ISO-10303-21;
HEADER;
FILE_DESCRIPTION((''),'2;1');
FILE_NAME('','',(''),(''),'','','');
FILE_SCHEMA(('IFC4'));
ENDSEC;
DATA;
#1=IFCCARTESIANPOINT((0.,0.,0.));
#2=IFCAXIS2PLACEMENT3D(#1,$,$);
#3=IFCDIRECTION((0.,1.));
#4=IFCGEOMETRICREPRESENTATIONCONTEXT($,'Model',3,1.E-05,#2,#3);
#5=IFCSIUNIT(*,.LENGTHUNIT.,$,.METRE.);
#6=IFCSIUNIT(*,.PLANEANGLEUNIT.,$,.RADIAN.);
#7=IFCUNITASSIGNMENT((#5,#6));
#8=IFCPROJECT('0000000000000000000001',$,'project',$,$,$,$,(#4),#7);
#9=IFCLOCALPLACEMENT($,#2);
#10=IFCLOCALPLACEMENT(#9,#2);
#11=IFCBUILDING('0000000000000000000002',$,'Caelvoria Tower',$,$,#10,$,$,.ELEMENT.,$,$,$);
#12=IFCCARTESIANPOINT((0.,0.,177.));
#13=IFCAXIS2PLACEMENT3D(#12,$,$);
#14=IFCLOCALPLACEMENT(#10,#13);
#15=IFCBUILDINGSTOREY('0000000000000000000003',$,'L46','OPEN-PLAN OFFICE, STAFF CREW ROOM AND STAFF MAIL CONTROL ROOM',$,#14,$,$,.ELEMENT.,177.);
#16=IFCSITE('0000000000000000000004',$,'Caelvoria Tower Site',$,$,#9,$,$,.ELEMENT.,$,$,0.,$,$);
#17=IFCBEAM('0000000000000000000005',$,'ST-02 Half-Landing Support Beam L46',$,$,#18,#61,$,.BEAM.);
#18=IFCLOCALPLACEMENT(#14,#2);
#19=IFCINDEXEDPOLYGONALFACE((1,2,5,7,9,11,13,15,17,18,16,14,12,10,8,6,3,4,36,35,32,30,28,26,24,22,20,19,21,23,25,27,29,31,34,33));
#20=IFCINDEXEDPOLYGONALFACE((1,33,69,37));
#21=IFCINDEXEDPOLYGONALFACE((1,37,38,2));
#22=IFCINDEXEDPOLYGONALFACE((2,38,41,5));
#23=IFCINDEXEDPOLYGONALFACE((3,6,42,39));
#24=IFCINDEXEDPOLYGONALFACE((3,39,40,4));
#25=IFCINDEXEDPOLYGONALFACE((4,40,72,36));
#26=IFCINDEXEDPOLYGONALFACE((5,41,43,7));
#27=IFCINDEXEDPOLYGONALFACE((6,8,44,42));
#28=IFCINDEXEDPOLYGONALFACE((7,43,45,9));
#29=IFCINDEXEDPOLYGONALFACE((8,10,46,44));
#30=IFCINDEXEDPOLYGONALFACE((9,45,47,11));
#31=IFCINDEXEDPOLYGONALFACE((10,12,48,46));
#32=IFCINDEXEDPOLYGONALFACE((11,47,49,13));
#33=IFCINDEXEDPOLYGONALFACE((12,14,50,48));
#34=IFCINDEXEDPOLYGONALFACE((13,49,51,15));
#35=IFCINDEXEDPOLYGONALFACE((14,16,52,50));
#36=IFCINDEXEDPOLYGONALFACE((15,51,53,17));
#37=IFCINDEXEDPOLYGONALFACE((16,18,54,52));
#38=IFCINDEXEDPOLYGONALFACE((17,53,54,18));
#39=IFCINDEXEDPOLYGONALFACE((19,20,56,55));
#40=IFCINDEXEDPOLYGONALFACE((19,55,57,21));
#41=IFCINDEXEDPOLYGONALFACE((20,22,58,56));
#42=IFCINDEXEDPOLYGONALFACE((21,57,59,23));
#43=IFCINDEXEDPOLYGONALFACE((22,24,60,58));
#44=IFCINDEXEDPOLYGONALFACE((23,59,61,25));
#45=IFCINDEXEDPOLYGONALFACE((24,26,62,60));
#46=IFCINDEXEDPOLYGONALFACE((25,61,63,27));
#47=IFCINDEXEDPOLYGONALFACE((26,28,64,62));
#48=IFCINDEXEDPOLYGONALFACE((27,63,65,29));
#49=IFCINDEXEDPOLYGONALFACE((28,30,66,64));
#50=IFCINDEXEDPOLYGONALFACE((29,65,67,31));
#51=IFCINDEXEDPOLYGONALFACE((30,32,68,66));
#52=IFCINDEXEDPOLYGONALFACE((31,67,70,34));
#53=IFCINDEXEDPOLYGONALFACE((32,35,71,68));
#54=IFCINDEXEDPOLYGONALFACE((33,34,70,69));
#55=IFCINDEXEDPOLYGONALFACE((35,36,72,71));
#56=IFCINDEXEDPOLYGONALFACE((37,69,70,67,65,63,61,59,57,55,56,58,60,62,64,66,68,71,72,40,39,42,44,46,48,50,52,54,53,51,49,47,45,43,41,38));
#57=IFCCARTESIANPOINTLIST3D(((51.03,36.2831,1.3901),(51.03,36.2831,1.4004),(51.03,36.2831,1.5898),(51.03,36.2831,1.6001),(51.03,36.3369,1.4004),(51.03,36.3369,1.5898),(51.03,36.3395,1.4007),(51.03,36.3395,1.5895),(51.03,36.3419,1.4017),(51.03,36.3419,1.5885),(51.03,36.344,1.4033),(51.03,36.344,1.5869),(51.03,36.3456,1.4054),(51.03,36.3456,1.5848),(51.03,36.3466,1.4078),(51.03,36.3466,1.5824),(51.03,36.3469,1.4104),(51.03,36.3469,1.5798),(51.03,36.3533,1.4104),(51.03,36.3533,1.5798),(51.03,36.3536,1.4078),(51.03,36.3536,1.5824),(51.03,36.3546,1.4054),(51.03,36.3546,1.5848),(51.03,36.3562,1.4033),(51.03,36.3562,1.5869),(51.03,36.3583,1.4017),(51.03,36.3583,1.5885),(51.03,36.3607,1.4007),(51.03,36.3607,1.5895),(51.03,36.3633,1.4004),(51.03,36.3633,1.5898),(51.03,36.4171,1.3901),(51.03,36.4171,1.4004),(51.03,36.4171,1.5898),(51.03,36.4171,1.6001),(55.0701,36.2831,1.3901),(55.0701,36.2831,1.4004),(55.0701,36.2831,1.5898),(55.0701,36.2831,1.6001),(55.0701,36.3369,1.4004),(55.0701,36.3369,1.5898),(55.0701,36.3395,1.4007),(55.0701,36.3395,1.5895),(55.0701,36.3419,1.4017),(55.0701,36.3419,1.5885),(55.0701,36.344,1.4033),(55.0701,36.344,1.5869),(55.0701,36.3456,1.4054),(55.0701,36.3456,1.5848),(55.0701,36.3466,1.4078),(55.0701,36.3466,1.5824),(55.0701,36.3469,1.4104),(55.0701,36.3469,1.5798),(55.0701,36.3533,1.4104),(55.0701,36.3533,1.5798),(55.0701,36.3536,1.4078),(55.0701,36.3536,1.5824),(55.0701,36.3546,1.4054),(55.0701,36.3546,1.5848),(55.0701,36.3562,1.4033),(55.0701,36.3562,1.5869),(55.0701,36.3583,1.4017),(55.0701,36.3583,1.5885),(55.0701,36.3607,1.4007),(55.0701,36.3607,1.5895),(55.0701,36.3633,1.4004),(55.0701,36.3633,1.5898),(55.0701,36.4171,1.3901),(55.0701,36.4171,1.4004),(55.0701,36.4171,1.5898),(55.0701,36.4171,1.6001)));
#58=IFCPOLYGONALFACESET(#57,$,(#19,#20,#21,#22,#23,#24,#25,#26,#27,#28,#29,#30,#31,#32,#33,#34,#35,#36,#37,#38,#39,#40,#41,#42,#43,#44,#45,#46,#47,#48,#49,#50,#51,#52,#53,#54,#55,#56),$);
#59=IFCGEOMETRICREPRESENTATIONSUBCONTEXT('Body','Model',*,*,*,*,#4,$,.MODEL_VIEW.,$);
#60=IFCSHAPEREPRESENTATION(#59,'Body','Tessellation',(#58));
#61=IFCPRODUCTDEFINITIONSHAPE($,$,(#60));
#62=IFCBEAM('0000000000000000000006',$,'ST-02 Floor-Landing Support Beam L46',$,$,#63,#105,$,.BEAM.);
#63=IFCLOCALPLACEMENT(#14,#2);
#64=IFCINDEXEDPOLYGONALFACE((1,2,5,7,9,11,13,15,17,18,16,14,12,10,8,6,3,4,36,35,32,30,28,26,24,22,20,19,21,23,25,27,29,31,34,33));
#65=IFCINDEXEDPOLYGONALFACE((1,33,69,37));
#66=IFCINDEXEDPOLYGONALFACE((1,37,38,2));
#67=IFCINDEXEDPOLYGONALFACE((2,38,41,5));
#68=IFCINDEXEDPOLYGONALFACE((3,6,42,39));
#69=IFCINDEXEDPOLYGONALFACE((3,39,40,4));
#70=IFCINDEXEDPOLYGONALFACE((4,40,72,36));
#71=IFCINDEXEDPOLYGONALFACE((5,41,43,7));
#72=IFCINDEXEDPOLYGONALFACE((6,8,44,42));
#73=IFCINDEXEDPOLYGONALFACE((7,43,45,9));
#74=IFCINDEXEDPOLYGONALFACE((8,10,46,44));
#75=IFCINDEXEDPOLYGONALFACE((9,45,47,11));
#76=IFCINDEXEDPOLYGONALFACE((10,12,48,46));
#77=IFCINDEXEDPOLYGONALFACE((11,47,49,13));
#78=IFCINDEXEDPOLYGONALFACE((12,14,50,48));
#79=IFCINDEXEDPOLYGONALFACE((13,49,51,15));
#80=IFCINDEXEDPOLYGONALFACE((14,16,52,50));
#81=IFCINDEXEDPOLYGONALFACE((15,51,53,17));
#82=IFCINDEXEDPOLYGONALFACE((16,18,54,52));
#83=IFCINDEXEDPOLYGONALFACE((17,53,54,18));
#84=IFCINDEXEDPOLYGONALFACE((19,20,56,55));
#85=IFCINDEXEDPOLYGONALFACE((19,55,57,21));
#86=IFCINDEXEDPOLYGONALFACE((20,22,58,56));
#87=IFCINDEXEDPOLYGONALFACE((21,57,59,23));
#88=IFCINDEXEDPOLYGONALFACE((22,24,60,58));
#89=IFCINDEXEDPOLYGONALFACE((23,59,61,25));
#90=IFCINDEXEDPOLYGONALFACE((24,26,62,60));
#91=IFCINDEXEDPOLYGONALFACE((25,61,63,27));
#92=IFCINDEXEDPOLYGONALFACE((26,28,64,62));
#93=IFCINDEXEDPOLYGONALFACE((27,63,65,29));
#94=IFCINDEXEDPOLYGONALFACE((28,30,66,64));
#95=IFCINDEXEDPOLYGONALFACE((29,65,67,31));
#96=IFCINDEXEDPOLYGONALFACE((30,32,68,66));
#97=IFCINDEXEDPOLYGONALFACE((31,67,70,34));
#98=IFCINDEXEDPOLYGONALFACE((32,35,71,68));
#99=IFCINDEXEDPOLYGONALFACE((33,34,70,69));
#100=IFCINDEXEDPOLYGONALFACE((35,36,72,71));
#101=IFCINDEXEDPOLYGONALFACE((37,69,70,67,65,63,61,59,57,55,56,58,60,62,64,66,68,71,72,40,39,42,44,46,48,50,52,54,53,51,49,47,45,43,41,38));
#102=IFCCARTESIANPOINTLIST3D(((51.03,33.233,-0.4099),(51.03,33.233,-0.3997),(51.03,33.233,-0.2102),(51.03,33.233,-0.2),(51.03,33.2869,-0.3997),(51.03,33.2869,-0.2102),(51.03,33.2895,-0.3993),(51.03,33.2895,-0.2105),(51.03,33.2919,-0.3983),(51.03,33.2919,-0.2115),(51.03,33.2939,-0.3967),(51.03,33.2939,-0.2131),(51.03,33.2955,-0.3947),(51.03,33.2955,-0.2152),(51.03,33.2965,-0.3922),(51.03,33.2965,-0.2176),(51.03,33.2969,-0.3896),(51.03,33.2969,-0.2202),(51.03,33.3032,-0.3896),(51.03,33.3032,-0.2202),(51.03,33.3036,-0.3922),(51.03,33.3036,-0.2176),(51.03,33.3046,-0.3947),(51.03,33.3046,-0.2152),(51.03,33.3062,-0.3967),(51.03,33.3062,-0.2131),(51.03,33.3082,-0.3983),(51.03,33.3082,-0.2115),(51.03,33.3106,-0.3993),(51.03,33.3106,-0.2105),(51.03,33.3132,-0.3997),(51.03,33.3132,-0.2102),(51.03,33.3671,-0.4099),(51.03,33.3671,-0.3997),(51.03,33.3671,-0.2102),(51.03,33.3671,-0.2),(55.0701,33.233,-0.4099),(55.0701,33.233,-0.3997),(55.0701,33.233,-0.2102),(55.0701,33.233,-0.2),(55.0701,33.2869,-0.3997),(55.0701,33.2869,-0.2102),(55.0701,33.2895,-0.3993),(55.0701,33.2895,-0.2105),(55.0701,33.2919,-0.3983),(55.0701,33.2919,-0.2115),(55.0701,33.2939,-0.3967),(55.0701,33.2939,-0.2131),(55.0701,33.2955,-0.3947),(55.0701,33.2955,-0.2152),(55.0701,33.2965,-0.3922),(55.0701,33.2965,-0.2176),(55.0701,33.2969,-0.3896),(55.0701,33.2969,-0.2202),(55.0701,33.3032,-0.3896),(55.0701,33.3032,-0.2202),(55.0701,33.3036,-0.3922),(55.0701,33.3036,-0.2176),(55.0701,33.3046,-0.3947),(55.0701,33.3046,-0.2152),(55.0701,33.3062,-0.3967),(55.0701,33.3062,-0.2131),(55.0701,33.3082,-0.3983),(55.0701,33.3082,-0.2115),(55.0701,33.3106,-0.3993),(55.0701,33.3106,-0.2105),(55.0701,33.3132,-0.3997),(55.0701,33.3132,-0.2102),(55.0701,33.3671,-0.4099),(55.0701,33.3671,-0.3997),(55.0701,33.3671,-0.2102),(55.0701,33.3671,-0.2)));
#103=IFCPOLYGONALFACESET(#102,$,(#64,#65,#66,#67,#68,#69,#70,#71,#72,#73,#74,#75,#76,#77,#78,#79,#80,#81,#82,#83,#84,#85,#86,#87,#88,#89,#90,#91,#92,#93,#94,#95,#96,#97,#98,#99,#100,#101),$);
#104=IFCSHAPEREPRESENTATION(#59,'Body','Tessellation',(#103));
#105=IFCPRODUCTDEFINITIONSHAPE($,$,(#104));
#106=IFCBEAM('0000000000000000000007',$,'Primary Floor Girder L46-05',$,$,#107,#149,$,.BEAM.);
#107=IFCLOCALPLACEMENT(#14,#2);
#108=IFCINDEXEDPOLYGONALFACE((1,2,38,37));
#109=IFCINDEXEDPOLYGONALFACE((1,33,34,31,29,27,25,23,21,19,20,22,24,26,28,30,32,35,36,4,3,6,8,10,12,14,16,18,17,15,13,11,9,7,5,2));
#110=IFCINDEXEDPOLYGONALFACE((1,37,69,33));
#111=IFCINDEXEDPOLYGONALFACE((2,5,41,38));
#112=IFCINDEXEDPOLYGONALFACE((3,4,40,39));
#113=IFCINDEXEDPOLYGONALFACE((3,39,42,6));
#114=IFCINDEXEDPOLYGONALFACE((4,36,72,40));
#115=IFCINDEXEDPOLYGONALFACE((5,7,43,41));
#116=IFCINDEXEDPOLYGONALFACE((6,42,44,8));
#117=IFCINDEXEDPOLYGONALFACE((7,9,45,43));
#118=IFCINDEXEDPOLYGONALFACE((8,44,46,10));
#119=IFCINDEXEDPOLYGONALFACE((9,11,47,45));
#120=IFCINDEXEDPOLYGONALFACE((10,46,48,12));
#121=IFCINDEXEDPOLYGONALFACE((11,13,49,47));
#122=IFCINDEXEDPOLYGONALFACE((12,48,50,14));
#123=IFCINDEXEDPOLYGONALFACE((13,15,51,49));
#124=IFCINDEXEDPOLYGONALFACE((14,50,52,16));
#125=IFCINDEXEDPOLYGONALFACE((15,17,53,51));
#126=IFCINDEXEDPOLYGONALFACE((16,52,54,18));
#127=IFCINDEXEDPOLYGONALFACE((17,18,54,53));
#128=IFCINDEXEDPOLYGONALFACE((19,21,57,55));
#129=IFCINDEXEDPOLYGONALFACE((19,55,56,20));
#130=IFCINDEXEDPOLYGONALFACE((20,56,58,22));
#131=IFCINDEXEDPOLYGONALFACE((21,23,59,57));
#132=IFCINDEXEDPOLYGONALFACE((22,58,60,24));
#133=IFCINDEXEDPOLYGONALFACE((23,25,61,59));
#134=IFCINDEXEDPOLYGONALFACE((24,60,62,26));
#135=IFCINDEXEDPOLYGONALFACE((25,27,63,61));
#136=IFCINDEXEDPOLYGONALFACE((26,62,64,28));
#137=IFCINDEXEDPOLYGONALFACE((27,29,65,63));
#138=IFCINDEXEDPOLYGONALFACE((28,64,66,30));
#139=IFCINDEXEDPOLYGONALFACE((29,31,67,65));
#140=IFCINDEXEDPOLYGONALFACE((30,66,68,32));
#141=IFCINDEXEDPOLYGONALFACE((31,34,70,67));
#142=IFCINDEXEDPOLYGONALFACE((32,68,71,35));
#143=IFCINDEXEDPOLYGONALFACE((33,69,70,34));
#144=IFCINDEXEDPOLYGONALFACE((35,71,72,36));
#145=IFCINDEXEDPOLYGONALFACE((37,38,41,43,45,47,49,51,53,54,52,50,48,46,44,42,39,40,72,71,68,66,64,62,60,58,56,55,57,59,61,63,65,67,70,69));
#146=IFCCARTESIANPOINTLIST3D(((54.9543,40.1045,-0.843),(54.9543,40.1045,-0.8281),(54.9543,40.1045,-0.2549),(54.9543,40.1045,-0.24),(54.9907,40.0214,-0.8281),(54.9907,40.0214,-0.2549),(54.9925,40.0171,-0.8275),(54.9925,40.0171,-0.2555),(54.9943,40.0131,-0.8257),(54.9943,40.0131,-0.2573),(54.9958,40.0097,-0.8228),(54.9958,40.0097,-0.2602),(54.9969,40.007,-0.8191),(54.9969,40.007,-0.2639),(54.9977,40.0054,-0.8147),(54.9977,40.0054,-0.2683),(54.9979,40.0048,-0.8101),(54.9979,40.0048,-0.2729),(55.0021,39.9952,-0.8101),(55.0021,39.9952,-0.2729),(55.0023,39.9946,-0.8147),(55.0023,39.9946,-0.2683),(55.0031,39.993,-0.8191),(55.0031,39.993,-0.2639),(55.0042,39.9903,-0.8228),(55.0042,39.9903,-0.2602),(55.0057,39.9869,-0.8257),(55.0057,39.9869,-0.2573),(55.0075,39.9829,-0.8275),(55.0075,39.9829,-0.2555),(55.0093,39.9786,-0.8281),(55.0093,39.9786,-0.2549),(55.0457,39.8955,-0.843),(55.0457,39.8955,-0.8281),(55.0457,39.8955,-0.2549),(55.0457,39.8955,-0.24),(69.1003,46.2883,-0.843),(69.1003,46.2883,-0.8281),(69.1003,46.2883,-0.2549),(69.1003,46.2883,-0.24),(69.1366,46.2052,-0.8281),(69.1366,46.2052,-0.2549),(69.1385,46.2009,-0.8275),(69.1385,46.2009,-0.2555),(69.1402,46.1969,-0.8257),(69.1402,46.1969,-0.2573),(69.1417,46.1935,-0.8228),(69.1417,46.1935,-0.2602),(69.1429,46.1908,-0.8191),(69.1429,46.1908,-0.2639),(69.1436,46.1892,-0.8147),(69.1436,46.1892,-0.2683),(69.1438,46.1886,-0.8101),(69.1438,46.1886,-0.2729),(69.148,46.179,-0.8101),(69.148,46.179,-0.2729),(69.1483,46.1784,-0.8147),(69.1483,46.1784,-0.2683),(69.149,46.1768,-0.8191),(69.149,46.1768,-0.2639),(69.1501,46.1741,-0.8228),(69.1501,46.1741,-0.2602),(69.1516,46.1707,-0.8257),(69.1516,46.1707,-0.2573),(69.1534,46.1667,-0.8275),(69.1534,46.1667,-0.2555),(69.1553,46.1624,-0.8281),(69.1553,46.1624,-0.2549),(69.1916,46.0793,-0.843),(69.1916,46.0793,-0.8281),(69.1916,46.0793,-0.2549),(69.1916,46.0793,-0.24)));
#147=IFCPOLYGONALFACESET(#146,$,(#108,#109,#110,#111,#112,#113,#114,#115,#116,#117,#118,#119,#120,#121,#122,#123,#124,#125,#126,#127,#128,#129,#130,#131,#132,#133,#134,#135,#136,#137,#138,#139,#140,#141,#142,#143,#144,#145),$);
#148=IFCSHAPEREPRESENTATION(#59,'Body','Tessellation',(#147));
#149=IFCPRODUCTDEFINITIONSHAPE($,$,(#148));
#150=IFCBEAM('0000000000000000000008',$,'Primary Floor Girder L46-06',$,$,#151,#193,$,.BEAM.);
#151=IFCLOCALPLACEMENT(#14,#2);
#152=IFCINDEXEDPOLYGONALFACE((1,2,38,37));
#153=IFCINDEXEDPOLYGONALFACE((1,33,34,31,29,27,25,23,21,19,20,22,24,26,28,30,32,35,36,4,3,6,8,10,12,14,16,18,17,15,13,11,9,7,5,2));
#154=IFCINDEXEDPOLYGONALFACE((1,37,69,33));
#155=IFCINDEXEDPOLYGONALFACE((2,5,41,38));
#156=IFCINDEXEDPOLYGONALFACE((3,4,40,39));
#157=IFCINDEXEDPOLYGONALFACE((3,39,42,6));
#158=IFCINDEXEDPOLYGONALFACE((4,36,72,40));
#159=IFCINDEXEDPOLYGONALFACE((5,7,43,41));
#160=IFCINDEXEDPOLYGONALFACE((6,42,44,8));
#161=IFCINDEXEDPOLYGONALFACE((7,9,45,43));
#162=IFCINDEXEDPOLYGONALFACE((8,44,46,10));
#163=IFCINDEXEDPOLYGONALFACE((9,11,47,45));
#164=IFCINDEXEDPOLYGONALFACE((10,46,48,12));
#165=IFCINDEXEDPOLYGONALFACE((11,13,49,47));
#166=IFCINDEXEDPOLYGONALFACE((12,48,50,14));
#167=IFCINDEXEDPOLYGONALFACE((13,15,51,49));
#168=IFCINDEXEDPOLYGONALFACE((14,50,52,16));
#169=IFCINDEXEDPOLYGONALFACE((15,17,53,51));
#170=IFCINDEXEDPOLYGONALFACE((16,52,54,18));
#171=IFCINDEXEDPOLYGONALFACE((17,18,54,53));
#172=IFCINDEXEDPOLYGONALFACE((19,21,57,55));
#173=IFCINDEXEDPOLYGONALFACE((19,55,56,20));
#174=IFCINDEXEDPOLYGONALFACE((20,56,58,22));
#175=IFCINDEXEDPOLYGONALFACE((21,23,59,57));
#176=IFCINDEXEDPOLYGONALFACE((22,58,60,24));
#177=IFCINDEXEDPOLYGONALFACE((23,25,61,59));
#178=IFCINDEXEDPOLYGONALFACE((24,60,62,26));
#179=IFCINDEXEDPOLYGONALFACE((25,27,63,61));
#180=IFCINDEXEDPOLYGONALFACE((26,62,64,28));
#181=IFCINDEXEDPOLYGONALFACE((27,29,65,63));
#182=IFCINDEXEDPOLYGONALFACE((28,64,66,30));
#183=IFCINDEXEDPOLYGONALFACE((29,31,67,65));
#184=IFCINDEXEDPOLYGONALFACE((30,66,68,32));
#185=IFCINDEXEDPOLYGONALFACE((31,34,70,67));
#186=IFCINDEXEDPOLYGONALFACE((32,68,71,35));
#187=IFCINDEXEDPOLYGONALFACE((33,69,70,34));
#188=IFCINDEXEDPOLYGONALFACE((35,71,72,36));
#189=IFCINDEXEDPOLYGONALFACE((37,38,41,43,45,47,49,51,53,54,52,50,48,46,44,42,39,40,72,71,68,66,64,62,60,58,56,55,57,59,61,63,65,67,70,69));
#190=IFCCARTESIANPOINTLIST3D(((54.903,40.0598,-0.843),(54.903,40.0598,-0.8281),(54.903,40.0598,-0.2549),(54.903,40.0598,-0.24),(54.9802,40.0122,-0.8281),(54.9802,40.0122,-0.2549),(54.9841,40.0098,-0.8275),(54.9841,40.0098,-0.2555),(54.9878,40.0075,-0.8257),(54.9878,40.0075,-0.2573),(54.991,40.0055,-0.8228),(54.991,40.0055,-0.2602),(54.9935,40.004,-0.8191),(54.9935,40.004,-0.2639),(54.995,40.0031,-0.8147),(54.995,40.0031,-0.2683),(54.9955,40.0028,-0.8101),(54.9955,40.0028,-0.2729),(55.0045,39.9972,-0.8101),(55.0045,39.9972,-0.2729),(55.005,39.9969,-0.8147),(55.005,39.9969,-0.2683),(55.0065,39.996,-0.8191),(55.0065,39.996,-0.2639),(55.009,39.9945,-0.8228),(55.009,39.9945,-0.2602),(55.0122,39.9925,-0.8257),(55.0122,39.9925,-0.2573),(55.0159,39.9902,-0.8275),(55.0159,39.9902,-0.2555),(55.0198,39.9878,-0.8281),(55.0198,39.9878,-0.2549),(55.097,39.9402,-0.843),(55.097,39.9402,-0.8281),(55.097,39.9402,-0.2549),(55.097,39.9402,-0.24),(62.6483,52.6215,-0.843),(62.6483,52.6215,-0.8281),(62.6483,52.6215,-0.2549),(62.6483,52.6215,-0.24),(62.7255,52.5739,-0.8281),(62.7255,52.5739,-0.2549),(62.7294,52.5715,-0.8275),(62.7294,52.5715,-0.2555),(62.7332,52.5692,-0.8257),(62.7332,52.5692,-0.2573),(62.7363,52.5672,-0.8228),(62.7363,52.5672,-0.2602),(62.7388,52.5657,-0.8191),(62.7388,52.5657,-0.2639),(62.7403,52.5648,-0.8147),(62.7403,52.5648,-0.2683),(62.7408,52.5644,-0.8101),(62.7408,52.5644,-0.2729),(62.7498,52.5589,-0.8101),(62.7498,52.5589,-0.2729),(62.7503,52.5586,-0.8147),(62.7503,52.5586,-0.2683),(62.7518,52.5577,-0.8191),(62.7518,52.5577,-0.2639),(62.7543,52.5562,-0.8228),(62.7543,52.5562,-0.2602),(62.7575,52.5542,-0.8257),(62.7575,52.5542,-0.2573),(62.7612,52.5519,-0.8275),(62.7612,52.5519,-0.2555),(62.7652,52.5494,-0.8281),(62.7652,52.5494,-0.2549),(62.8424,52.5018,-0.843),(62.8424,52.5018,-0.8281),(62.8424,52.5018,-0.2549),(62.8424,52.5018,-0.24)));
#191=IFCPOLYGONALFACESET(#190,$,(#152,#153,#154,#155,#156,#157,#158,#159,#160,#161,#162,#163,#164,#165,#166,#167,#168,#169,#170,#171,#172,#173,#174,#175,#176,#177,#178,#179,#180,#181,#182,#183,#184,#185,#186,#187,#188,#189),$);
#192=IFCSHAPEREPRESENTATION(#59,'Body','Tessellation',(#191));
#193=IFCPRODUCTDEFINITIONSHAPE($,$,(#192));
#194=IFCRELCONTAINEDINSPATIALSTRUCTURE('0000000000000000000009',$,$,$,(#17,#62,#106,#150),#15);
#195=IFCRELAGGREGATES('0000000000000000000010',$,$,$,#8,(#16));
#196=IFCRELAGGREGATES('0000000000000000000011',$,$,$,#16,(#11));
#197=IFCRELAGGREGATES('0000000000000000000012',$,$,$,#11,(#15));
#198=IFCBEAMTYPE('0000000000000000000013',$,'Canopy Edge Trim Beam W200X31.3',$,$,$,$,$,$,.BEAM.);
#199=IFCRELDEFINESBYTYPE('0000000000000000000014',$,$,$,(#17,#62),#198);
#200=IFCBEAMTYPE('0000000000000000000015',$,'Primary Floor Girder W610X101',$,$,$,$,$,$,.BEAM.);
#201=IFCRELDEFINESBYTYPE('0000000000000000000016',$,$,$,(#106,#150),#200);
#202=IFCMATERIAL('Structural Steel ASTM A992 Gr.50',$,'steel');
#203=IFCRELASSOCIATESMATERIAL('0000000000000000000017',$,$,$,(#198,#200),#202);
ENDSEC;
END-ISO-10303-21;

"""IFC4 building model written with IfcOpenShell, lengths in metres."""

from ifc_helpers import new_model, si_unit, direction, frame, origin, origin_2d, place, context, subcontext, project, spatial, i_section, extrude, material, material_profile, profile_set, type_object, element, save


model = new_model("IFC4")

# Units and contexts
model_context = context("Model", 3, precision=1e-05, world=origin(), true_north=direction((0.0, 1.0)))
body_context = subcontext(model_context, "Body", "Model", "MODEL_VIEW")
ifc_project = project(units=[si_unit("LENGTHUNIT", "METRE"), si_unit("PLANEANGLEUNIT", "RADIAN")], contexts=[model_context])

# Site, building, storey
site_placement = place(None, origin())
site = spatial("IfcSite", under=ifc_project, at=site_placement, Name="Caelvoria Tower Site", CompositionType="ELEMENT", RefElevation=0.0)
building_placement = place(site_placement, origin())
building = spatial("IfcBuilding", under=site, at=building_placement, Name="Caelvoria Tower", CompositionType="ELEMENT")
storey_placement = place(building_placement, frame((0.0, 0.0, 177.0)))
storey = spatial("IfcBuildingStorey", under=building, at=storey_placement, Name="L46", Description="OPEN-PLAN OFFICE, STAFF CREW ROOM AND STAFF MAIL CONTROL ROOM", CompositionType="ELEMENT", Elevation=177.0)

# Beams
ifc_material_1 = material(Name="Structural Steel ASTM A992 Gr.50", Category="steel")
ifc_material_profile_1 = material_profile(ifc_material_1, i_section(OverallWidth=0.134, OverallDepth=0.21, WebThickness=0.0063, FlangeThickness=0.0103, FilletRadius=0.01, at=origin_2d()), Name="Structural Steel ASTM A992 Gr.50")
ifc_profile_set_1 = profile_set([ifc_material_profile_1], Name="W200X31.3 - Structural Steel ASTM A992 Gr.50")
beam_type_1 = type_object("IfcBeamType", Name="Canopy Edge Trim Beam W200X31.3", PredefinedType="BEAM", material=ifc_profile_set_1)
for number, where, z_axis, x_axis, name in (
    (1, (51.03, 36.3501, 1.4951), (1.0, 0.0, 0.0), (0.0, 1.0, 0.0), "ST-02 Half-Landing Support Beam L46"),
    (2, (51.03, 33.3, -0.3049), (1.0, 0.0, 0.0), (0.0, 1.0, 0.0), "ST-02 Floor-Landing Support Beam L46"),
):
    element("IfcBeam", number, at=place(storey_placement, frame(where, z_axis=z_axis, x_axis=x_axis)), inside=storey, type_object=beam_type_1, Name=name, PredefinedType="BEAM", context=body_context, shape_type="SweptSolid", body=[
        extrude(i_section(OverallWidth=0.134, OverallDepth=0.21, WebThickness=0.0063, FlangeThickness=0.0103, FilletRadius=0.01, at=origin_2d()), origin(), (0.0, 0.0, 1.0), 4.04),
    ])
ifc_material_profile_2 = material_profile(ifc_material_1, i_section(OverallWidth=0.228, OverallDepth=0.603, WebThickness=0.0105, FlangeThickness=0.0149, FilletRadius=0.0181, at=origin_2d()), Name="Structural Steel ASTM A992 Gr.50")
ifc_profile_set_2 = profile_set([ifc_material_profile_2], Name="W610X101 - Structural Steel ASTM A992 Gr.50")
beam_type_2 = type_object("IfcBeamType", Name="Primary Floor Girder W610X101", PredefinedType="BEAM", material=ifc_profile_set_2)
beam_1_placement = place(storey_placement, frame((55.0, 40.0, -0.5415), z_axis=(0.916277, 0.400545, 0.0), x_axis=(-0.400545, 0.916277, 0.0)))
element("IfcBeam", 3, at=beam_1_placement, inside=storey, type_object=beam_type_2, Name="Primary Floor Girder L46-05", PredefinedType="BEAM", context=body_context, shape_type="SweptSolid", body=[
    extrude(i_section(OverallWidth=0.228, OverallDepth=0.603, WebThickness=0.0105, FlangeThickness=0.0149, FilletRadius=0.0181, at=origin_2d()), origin(), (0.0, 0.0, 1.0), 15.4385),
])
beam_2_placement = place(storey_placement, frame((55.0, 40.0, -0.5415), z_axis=(0.524837, 0.851203, 0.0), x_axis=(-0.851203, 0.524837, 0.0)))
element("IfcBeam", 4, at=beam_2_placement, inside=storey, type_object=beam_type_2, Name="Primary Floor Girder L46-06", PredefinedType="BEAM", context=body_context, shape_type="SweptSolid", body=[
    extrude(i_section(OverallWidth=0.228, OverallDepth=0.603, WebThickness=0.0105, FlangeThickness=0.0149, FilletRadius=0.0181, at=origin_2d()), origin(), (0.0, 0.0, 1.0), 14.7576),
])

save(model, "model.ifc")
